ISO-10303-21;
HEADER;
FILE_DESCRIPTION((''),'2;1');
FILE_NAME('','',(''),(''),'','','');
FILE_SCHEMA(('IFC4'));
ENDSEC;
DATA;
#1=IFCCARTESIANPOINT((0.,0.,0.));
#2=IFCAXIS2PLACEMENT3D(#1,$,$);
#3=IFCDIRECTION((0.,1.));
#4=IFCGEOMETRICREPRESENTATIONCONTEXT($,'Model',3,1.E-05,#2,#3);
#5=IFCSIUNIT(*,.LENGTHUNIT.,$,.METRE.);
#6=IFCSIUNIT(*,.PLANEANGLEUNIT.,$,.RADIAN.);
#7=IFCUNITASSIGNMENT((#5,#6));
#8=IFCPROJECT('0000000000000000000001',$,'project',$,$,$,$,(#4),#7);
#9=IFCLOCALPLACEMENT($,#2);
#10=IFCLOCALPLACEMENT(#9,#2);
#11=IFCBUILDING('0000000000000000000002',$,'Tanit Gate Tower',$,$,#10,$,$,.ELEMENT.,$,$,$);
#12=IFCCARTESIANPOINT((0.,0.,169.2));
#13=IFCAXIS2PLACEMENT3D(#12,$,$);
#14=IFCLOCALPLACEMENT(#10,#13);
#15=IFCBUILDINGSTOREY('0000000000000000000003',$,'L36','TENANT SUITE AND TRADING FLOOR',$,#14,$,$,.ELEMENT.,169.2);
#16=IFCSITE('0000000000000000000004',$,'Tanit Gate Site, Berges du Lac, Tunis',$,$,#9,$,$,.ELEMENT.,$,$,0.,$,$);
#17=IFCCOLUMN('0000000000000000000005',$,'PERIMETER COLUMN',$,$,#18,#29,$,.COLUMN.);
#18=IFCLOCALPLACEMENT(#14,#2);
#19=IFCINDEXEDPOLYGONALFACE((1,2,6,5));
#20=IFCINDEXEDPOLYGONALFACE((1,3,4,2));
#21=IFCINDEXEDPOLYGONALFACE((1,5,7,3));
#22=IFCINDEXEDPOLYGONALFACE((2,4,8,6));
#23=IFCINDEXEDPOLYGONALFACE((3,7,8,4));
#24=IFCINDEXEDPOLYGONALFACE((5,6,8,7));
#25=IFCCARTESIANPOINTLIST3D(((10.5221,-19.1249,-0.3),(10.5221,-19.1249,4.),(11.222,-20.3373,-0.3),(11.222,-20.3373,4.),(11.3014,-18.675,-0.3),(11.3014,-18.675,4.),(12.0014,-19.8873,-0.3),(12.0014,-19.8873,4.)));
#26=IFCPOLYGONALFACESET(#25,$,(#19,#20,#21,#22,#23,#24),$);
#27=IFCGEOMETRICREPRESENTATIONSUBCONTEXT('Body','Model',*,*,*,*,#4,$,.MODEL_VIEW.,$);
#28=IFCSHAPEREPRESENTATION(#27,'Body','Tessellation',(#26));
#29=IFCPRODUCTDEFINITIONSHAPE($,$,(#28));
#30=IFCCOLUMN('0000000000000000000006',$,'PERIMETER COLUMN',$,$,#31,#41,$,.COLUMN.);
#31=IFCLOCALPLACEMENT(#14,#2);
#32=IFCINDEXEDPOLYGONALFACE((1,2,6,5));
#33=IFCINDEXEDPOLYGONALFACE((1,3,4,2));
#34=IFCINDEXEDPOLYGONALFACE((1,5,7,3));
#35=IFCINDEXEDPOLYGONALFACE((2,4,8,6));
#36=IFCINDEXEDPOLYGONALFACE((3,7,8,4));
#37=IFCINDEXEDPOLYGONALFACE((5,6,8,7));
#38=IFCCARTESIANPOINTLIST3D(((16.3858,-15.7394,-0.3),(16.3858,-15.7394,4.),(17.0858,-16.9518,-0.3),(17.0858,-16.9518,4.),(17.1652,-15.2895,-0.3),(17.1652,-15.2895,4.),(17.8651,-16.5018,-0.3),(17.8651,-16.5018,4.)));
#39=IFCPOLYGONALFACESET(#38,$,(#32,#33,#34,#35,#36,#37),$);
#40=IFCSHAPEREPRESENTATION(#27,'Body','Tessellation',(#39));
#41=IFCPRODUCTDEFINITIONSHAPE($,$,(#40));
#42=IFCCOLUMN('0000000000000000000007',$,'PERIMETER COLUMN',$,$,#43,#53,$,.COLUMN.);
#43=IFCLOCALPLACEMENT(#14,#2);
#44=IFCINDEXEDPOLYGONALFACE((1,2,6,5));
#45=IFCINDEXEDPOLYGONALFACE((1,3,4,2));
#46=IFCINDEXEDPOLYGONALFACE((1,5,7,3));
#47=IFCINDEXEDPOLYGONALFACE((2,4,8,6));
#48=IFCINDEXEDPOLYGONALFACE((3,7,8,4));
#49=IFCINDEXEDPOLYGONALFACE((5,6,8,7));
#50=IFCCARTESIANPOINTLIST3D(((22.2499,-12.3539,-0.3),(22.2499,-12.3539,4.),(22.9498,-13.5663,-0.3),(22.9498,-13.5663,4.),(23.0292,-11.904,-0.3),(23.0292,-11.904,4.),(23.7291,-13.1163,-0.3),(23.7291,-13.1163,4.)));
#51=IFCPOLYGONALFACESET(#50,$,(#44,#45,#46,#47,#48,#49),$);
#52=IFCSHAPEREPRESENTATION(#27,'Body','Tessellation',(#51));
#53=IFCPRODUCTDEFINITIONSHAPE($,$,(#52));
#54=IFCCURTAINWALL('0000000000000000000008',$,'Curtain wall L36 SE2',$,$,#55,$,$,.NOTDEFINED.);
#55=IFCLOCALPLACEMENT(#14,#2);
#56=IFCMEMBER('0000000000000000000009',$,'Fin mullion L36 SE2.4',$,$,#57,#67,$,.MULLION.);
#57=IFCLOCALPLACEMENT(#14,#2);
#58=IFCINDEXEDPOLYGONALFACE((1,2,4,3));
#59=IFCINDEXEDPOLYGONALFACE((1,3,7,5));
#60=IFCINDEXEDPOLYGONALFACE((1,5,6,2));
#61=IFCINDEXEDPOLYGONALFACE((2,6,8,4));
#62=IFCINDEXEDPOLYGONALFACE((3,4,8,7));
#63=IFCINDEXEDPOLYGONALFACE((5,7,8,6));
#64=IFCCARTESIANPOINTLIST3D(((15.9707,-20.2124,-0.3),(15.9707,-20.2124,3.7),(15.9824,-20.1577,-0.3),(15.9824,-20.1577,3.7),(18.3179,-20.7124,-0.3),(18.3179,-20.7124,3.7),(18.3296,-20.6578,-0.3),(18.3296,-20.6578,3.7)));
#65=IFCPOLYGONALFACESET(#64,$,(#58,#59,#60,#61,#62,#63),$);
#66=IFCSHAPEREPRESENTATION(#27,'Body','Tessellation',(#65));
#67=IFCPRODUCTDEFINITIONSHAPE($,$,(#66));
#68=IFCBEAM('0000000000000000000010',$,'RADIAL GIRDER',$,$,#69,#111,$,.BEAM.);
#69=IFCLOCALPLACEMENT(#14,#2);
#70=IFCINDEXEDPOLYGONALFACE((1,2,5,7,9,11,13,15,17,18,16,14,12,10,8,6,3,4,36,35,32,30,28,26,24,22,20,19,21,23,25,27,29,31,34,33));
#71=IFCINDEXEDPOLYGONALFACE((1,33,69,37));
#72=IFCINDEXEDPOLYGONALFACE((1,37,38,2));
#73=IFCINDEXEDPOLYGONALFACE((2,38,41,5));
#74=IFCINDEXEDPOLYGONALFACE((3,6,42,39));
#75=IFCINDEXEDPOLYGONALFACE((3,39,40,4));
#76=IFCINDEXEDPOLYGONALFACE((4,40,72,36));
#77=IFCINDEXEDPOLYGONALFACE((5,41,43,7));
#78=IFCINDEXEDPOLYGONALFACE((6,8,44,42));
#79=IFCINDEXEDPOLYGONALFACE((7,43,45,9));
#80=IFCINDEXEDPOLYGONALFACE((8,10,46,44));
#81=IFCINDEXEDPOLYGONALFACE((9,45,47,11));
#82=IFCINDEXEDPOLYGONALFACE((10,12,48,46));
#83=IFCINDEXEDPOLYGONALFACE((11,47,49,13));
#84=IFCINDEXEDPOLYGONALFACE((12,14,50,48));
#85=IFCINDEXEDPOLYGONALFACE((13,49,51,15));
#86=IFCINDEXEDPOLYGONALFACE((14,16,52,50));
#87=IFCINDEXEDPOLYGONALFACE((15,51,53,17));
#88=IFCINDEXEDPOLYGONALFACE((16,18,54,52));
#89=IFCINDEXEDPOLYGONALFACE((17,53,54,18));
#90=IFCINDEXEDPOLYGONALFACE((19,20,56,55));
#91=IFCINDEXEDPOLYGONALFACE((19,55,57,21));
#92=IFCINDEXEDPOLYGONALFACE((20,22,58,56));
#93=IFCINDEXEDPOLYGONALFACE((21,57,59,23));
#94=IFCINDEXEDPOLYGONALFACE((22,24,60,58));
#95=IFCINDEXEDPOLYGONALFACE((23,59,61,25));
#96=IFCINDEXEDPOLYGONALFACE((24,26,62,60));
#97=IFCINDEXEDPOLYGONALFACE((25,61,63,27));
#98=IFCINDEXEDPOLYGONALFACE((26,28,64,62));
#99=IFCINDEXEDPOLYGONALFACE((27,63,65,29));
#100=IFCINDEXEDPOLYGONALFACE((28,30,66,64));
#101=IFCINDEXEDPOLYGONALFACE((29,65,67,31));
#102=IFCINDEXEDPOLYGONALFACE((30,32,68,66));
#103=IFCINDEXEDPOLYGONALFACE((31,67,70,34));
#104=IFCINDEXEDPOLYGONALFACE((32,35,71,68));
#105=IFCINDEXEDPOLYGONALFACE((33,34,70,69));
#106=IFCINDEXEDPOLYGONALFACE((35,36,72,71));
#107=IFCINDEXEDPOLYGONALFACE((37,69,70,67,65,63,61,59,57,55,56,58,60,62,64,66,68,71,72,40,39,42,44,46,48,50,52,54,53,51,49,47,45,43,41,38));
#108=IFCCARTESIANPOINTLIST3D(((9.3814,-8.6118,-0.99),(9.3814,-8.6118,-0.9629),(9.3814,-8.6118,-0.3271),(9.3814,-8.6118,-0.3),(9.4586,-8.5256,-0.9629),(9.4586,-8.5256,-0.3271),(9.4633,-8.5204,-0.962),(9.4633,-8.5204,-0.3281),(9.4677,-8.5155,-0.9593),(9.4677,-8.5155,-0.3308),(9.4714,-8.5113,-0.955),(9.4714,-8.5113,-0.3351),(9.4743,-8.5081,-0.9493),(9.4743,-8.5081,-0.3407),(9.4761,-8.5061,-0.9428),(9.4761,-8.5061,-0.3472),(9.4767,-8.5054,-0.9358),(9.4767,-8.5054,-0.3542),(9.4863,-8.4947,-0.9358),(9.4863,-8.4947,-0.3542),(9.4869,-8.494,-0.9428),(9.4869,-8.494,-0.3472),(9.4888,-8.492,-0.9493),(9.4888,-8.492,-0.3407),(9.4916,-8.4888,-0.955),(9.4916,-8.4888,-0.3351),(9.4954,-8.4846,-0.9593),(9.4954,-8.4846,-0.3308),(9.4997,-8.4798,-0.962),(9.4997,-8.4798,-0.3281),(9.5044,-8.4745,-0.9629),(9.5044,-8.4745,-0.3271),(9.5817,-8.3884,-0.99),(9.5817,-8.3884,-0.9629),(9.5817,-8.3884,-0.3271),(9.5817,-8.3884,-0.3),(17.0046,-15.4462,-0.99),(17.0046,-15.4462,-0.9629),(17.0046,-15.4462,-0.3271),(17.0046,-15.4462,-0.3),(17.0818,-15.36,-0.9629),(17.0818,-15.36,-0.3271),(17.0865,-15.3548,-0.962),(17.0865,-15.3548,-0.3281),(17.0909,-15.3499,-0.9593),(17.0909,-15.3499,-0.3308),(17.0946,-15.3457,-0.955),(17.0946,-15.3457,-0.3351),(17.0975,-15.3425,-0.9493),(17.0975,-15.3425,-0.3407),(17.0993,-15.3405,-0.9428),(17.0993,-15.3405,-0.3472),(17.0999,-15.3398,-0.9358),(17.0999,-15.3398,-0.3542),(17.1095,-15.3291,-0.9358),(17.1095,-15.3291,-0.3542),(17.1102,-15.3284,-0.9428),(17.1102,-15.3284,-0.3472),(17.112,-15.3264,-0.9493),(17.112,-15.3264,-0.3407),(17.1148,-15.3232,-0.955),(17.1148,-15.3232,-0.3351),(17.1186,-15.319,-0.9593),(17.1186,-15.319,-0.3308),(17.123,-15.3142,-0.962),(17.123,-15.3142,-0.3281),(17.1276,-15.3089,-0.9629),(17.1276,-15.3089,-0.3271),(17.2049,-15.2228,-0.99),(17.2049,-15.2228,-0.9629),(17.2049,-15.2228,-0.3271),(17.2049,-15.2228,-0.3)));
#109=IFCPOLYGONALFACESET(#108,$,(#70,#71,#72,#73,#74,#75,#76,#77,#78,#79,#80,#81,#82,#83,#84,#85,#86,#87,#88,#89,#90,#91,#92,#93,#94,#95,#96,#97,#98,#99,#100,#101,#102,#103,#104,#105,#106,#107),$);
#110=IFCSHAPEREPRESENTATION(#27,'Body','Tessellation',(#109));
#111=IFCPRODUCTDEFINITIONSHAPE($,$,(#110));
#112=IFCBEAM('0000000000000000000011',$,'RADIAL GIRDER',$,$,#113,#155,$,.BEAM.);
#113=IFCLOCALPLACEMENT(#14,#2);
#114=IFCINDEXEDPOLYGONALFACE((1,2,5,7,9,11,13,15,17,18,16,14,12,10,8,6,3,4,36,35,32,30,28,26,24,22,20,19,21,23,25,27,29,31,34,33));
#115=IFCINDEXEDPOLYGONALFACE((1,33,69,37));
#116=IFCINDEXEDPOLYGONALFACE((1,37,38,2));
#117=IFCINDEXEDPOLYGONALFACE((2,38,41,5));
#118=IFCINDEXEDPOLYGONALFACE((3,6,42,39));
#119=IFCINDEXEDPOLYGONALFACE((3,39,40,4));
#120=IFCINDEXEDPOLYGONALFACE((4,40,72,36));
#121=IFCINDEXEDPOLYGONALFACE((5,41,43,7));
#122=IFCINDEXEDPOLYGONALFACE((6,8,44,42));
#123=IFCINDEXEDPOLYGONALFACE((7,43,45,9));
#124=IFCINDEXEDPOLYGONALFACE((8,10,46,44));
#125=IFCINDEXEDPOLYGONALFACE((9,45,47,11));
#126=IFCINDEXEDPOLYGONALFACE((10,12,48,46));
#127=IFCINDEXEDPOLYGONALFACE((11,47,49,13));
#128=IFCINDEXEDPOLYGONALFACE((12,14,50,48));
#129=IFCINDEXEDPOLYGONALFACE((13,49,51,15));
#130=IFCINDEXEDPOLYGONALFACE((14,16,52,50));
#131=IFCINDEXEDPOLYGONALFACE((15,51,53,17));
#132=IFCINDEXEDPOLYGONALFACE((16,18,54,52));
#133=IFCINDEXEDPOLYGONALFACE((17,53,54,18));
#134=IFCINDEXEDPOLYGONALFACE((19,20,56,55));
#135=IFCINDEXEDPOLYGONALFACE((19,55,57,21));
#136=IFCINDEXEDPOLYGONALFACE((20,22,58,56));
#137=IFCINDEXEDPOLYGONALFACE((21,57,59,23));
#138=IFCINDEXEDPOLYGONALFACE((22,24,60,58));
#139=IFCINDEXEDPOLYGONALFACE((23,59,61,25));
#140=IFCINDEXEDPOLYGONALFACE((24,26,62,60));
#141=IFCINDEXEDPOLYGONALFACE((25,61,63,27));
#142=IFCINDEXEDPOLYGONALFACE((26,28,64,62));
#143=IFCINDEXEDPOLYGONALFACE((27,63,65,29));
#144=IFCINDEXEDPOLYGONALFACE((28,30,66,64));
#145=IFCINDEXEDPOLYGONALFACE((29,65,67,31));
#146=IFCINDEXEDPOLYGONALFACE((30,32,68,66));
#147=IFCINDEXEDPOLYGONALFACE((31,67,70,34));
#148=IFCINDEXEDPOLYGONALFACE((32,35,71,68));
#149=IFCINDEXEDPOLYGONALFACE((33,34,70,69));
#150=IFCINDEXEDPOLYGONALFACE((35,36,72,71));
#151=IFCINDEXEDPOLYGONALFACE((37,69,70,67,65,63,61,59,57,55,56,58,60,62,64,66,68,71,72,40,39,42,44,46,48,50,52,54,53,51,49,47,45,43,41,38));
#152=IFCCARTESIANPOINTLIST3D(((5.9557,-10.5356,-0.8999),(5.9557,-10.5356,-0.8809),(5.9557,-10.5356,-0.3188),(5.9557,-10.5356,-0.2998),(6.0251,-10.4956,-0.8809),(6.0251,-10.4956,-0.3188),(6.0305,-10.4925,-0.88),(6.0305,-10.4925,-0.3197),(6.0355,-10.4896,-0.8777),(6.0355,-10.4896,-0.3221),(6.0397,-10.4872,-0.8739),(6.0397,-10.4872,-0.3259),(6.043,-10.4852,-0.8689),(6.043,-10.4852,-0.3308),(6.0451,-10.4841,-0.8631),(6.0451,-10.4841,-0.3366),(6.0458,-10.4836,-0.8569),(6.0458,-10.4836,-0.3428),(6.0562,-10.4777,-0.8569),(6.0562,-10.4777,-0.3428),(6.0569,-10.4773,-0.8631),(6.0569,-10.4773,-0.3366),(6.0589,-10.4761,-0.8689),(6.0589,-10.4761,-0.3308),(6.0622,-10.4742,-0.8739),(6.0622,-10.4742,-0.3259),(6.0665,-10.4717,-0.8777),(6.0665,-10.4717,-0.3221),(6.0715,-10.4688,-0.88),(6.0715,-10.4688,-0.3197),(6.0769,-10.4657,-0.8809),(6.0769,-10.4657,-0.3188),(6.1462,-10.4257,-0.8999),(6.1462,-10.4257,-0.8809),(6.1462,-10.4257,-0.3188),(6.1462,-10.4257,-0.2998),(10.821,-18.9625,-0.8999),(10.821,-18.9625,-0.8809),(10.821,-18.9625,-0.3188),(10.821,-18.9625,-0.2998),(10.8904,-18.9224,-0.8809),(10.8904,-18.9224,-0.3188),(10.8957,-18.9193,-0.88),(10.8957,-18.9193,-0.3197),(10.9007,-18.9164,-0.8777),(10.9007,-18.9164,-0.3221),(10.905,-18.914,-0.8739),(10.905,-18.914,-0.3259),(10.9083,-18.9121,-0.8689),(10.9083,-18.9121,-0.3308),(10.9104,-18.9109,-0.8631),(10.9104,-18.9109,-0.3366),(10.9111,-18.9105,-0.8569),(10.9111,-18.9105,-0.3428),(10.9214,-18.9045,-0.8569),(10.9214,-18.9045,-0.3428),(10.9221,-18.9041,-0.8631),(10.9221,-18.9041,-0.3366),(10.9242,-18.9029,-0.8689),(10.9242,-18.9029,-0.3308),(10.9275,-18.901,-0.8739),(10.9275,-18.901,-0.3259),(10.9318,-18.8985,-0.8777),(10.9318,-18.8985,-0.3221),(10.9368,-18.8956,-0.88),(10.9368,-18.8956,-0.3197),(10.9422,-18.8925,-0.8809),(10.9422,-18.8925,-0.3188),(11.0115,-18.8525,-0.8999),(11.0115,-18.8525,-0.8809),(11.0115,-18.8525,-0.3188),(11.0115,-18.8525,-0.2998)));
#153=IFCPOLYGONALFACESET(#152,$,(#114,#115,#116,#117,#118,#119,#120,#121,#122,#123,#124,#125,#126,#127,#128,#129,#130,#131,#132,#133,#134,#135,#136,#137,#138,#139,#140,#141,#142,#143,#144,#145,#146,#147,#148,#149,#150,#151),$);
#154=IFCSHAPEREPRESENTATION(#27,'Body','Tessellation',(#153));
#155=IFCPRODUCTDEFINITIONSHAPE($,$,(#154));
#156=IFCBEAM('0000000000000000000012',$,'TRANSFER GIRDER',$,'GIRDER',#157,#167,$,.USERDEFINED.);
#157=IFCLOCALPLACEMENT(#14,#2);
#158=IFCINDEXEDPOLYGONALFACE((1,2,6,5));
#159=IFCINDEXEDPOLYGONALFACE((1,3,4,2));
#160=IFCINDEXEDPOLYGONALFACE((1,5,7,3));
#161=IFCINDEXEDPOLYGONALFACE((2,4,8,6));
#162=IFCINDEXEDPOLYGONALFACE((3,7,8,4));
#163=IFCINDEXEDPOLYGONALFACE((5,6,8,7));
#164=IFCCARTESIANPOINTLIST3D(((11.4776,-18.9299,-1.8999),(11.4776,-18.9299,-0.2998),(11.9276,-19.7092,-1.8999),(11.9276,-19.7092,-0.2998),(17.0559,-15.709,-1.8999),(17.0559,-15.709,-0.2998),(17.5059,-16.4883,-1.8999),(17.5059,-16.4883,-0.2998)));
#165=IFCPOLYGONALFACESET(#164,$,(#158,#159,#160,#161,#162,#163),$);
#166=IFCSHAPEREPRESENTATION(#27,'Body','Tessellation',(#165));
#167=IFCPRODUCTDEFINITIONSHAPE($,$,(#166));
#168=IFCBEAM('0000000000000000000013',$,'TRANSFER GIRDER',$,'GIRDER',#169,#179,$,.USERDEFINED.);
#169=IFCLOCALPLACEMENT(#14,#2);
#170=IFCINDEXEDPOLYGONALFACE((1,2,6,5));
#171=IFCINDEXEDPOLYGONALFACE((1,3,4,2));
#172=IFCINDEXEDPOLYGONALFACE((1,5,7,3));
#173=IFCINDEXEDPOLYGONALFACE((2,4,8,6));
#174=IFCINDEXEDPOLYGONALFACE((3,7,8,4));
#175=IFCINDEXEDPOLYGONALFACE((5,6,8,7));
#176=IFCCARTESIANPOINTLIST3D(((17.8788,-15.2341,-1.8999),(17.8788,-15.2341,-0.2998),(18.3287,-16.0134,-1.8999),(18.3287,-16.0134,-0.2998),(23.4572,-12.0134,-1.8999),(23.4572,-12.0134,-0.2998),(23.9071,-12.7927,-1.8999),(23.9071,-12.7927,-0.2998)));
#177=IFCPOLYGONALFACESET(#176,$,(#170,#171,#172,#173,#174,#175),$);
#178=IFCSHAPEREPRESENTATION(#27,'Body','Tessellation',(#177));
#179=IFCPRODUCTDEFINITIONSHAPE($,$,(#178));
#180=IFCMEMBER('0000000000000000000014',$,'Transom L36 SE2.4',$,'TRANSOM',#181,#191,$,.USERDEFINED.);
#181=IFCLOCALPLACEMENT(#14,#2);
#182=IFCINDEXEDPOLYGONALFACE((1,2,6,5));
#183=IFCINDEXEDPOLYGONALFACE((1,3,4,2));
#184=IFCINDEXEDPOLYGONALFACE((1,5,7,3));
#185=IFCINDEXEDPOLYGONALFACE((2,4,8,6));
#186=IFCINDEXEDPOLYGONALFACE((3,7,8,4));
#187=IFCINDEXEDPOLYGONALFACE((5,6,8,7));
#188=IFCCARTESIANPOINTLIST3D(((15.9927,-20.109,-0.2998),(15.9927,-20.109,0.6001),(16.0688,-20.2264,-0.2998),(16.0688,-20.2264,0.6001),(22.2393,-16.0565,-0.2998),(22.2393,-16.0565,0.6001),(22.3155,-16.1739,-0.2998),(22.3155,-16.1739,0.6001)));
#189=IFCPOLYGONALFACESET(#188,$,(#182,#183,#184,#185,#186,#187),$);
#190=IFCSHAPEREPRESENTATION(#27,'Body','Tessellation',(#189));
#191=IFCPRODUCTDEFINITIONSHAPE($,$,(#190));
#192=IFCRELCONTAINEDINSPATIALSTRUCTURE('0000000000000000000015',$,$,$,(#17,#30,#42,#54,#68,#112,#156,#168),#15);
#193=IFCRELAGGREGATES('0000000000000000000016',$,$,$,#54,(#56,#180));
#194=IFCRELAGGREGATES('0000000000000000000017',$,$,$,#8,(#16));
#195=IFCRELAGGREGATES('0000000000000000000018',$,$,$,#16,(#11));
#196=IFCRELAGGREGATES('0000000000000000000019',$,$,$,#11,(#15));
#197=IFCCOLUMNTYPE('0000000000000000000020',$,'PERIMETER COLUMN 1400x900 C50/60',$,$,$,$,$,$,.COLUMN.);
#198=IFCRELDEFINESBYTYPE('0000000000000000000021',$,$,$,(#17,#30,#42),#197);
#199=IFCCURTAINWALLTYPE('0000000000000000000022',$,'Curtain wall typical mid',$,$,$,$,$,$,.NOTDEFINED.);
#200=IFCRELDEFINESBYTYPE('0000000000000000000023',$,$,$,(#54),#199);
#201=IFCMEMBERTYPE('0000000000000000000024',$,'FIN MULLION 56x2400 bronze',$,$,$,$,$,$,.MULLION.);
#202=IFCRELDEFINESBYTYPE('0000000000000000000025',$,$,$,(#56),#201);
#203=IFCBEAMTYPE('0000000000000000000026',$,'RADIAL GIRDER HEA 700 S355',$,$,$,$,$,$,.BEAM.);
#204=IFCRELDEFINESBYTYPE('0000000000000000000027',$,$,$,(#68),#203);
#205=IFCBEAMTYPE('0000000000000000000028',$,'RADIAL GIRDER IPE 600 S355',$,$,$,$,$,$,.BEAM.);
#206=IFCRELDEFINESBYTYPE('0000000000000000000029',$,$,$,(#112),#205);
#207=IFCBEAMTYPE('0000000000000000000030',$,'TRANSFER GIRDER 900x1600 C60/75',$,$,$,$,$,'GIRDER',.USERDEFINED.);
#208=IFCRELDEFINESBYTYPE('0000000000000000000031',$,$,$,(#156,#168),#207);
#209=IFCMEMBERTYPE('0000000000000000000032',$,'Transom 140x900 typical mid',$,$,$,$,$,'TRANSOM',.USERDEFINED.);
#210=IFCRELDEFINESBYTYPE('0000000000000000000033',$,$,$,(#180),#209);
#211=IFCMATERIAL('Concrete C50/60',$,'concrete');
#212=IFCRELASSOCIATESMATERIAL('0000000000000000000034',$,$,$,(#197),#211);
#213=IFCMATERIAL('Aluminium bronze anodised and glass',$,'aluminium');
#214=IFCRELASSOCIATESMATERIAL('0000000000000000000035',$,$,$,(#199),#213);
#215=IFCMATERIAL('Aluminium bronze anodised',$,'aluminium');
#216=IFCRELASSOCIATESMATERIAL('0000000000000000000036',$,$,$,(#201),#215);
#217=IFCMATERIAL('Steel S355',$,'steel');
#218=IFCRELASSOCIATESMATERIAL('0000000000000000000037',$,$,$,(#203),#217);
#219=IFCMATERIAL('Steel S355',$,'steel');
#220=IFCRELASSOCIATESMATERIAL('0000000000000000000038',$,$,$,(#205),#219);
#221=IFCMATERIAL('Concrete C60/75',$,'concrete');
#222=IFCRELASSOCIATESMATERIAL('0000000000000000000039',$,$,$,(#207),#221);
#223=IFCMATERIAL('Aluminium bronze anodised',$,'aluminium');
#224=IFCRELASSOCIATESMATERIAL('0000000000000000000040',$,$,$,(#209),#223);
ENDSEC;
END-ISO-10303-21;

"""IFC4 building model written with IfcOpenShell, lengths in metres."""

from ifc_helpers import new_model, si_unit, direction, frame, origin, origin_2d, place, context, subcontext, project, spatial, rectangle, i_section, extrude, material, material_profile, profile_set, type_object, element, aggregate, save


model = new_model("IFC4")

# Units and contexts
model_context = context("Model", 3, precision=1e-05, world=origin(), true_north=direction((0.0, 1.0)))
body_context = subcontext(model_context, "Body", "Model", "MODEL_VIEW")
ifc_project = project(units=[si_unit("LENGTHUNIT", "METRE"), si_unit("PLANEANGLEUNIT", "RADIAN")], contexts=[model_context])

# Site, building, storey
site_placement = place(None, origin())
site = spatial("IfcSite", under=ifc_project, at=site_placement, Name="Tanit Gate Site, Berges du Lac, Tunis", CompositionType="ELEMENT", RefElevation=0.0)
building_placement = place(site_placement, origin())
building = spatial("IfcBuilding", under=site, at=building_placement, Name="Tanit Gate Tower", CompositionType="ELEMENT")
storey_placement = place(building_placement, frame((0.0, 0.0, 169.2)))
storey = spatial("IfcBuildingStorey", under=building, at=storey_placement, Name="L36", Description="TENANT SUITE AND TRADING FLOOR", CompositionType="ELEMENT", Elevation=169.2)

# Columns
ifc_material_1 = material(Name="Concrete C50/60", Category="concrete")
ifc_material_profile_1 = material_profile(ifc_material_1, rectangle(XDim=1.3999, YDim=0.8999, at=origin_2d()), Name="RC 1400x900")
ifc_profile_set_1 = profile_set([ifc_material_profile_1], Name="Concrete C50/60")
column_type = type_object("IfcColumnType", Name="PERIMETER COLUMN 1400x900 C50/60", PredefinedType="COLUMN", material=ifc_profile_set_1)
for number, where, z_axis, x_axis, name in (
    (1, (11.2617, -19.5061, -0.3), (0.0, 0.0, 1.0), (0.5, -0.866025, 0.0), "PERIMETER COLUMN"),
    (2, (17.1255, -16.1206, -0.3), (0.0, 0.0, 1.0), (0.5, -0.866025, 0.0), "PERIMETER COLUMN"),
    (3, (22.9895, -12.7351, -0.3), (0.0, 0.0, 1.0), (0.5, -0.866025, 0.0), "PERIMETER COLUMN"),
):
    element("IfcColumn", number, at=place(storey_placement, frame(where, z_axis=z_axis, x_axis=x_axis)), inside=storey, type_object=column_type, Name=name, PredefinedType="COLUMN", context=body_context, shape_type="SweptSolid", body=[
        extrude(rectangle(XDim=1.3999, YDim=0.8999, at=origin_2d()), origin(), (0.0, 0.0, 1.0), 4.3),
    ])

# Curtain wall, member
ifc_material_2 = material(Name="Aluminium bronze anodised and glass", Category="aluminium")
curtain_wall_type = type_object("IfcCurtainWallType", Name="Curtain wall typical mid", PredefinedType="NOTDEFINED", material=ifc_material_2)
curtain_wall_placement = place(storey_placement, origin())
curtain_wall = element("IfcCurtainWall", 4, at=curtain_wall_placement, inside=storey, type_object=curtain_wall_type, Name="Curtain wall L36 SE2", PredefinedType="NOTDEFINED")
ifc_material_3 = material(Name="Aluminium bronze anodised", Category="aluminium")
ifc_material_profile_2 = material_profile(ifc_material_3, rectangle(XDim=2.3999, YDim=0.0559, at=origin_2d()), Name="56x2400 bronze fin mullion")
ifc_profile_set_2 = profile_set([ifc_material_profile_2], Name="Aluminium bronze anodised")
member_type_1 = type_object("IfcMemberType", Name="FIN MULLION 56x2400 bronze", PredefinedType="MULLION", material=ifc_profile_set_2)
member_1_placement = place(storey_placement, frame((17.1501, -20.4351, -0.3), z_axis=(0.0, 0.0, 1.0), x_axis=(-0.978049, 0.208373, 0.0)))
member_1 = element("IfcMember", 5, at=member_1_placement, type_object=member_type_1, Name="Fin mullion L36 SE2.4", PredefinedType="MULLION", context=body_context, shape_type="SweptSolid", body=[
    extrude(rectangle(XDim=2.3999, YDim=0.0559, at=origin_2d()), origin(), (0.0, 0.0, 1.0), 4.0),
])

# Beams
ifc_material_4 = material(Name="Steel S355", Category="steel")
ifc_material_profile_3 = material_profile(ifc_material_4, i_section(OverallWidth=0.3, OverallDepth=0.6899, WebThickness=0.0144, FlangeThickness=0.0271, FilletRadius=0.0271, at=origin_2d()), Name="HEA 700")
ifc_profile_set_3 = profile_set([ifc_material_profile_3], Name="Steel S355")
beam_type_1 = type_object("IfcBeamType", Name="RADIAL GIRDER HEA 700 S355", PredefinedType="BEAM", material=ifc_profile_set_3)
beam_1_placement = place(storey_placement, frame((17.1047, -15.3345, -0.645), z_axis=(-0.744579, 0.667534, 0.0), x_axis=(-0.667534, -0.744579, 0.0)))
element("IfcBeam", 6, at=beam_1_placement, inside=storey, type_object=beam_type_1, Name="RADIAL GIRDER", PredefinedType="BEAM", context=body_context, shape_type="SweptSolid", body=[
    extrude(i_section(OverallWidth=0.3, OverallDepth=0.6899, WebThickness=0.0144, FlangeThickness=0.0271, FilletRadius=0.0271, at=origin_2d()), origin(), (0.0, 0.0, 1.0), 10.2383),
])
ifc_material_5 = material(Name="Steel S355", Category="steel")
ifc_material_profile_4 = material_profile(ifc_material_5, i_section(OverallWidth=0.22, OverallDepth=0.6001, WebThickness=0.012, FlangeThickness=0.019, FilletRadius=0.0239, at=origin_2d()), Name="IPE 600")
ifc_profile_set_4 = profile_set([ifc_material_profile_4], Name="Steel S355")
beam_type_2 = type_object("IfcBeamType", Name="RADIAL GIRDER IPE 600 S355", PredefinedType="BEAM", material=ifc_profile_set_4)
beam_2_placement = place(storey_placement, frame((10.9163, -18.9075, -0.5999), z_axis=(-0.500003, 0.866023, 0.0), x_axis=(-0.866023, -0.500003, 0.0)))
element("IfcBeam", 7, at=beam_2_placement, inside=storey, type_object=beam_type_2, Name="RADIAL GIRDER", PredefinedType="BEAM", context=body_context, shape_type="SweptSolid", body=[
    extrude(i_section(OverallWidth=0.22, OverallDepth=0.6001, WebThickness=0.012, FlangeThickness=0.019, FilletRadius=0.0239, at=origin_2d()), origin(), (0.0, 0.0, 1.0), 9.7305),
])
ifc_material_6 = material(Name="Concrete C60/75", Category="concrete")
ifc_material_profile_5 = material_profile(ifc_material_6, rectangle(XDim=0.8999, YDim=1.6001, at=origin_2d()), Name="RC 900x1600")
ifc_profile_set_5 = profile_set([ifc_material_profile_5], Name="Concrete C60/75")
beam_type_3 = type_object("IfcBeamType", Name="TRANSFER GIRDER 900x1600 C60/75", ElementType="GIRDER", PredefinedType="USERDEFINED", material=ifc_profile_set_5)
for number, where, z_axis, x_axis, name in (
    (8, (11.7026, -19.3196, -1.0999), (0.866007, 0.500032, 0.0), (-0.500032, 0.866007, 0.0), "TRANSFER GIRDER"),
    (9, (18.1038, -15.6238, -1.0999), (0.866023, 0.500004, 0.0), (-0.500004, 0.866023, 0.0), "TRANSFER GIRDER"),
):
    element("IfcBeam", number, at=place(storey_placement, frame(where, z_axis=z_axis, x_axis=x_axis)), inside=storey, type_object=beam_type_3, Name=name, ObjectType="GIRDER", PredefinedType="USERDEFINED", context=body_context, shape_type="SweptSolid", body=[
        extrude(rectangle(XDim=0.8999, YDim=1.6001, at=origin_2d()), origin(), (0.0, 0.0, 1.0), 6.4414),
    ])

# Member
ifc_material_7 = material(Name="Aluminium bronze anodised", Category="aluminium")
ifc_material_profile_6 = material_profile(ifc_material_7, rectangle(XDim=0.1399, YDim=0.8999, at=origin_2d()), Name="140x900 bronze transom")
ifc_profile_set_6 = profile_set([ifc_material_profile_6], Name="Aluminium bronze anodised")
member_type_2 = type_object("IfcMemberType", Name="Transom 140x900 typical mid", ElementType="TRANSOM", PredefinedType="USERDEFINED", material=ifc_profile_set_6)
member_2_placement = place(storey_placement, frame((16.0308, -20.1677, 0.1501), z_axis=(0.838921, 0.544253, 0.0), x_axis=(-0.544253, 0.838921, 0.0)))
member_2 = element("IfcMember", 10, at=member_2_placement, type_object=member_type_2, Name="Transom L36 SE2.4", ObjectType="TRANSOM", PredefinedType="USERDEFINED", context=body_context, shape_type="SweptSolid", body=[
    extrude(rectangle(XDim=0.1399, YDim=0.8999, at=origin_2d()), origin(), (0.0, 0.0, 1.0), 7.446),
])

aggregate(curtain_wall, [member_1, member_2])

save(model, "model.ifc")
